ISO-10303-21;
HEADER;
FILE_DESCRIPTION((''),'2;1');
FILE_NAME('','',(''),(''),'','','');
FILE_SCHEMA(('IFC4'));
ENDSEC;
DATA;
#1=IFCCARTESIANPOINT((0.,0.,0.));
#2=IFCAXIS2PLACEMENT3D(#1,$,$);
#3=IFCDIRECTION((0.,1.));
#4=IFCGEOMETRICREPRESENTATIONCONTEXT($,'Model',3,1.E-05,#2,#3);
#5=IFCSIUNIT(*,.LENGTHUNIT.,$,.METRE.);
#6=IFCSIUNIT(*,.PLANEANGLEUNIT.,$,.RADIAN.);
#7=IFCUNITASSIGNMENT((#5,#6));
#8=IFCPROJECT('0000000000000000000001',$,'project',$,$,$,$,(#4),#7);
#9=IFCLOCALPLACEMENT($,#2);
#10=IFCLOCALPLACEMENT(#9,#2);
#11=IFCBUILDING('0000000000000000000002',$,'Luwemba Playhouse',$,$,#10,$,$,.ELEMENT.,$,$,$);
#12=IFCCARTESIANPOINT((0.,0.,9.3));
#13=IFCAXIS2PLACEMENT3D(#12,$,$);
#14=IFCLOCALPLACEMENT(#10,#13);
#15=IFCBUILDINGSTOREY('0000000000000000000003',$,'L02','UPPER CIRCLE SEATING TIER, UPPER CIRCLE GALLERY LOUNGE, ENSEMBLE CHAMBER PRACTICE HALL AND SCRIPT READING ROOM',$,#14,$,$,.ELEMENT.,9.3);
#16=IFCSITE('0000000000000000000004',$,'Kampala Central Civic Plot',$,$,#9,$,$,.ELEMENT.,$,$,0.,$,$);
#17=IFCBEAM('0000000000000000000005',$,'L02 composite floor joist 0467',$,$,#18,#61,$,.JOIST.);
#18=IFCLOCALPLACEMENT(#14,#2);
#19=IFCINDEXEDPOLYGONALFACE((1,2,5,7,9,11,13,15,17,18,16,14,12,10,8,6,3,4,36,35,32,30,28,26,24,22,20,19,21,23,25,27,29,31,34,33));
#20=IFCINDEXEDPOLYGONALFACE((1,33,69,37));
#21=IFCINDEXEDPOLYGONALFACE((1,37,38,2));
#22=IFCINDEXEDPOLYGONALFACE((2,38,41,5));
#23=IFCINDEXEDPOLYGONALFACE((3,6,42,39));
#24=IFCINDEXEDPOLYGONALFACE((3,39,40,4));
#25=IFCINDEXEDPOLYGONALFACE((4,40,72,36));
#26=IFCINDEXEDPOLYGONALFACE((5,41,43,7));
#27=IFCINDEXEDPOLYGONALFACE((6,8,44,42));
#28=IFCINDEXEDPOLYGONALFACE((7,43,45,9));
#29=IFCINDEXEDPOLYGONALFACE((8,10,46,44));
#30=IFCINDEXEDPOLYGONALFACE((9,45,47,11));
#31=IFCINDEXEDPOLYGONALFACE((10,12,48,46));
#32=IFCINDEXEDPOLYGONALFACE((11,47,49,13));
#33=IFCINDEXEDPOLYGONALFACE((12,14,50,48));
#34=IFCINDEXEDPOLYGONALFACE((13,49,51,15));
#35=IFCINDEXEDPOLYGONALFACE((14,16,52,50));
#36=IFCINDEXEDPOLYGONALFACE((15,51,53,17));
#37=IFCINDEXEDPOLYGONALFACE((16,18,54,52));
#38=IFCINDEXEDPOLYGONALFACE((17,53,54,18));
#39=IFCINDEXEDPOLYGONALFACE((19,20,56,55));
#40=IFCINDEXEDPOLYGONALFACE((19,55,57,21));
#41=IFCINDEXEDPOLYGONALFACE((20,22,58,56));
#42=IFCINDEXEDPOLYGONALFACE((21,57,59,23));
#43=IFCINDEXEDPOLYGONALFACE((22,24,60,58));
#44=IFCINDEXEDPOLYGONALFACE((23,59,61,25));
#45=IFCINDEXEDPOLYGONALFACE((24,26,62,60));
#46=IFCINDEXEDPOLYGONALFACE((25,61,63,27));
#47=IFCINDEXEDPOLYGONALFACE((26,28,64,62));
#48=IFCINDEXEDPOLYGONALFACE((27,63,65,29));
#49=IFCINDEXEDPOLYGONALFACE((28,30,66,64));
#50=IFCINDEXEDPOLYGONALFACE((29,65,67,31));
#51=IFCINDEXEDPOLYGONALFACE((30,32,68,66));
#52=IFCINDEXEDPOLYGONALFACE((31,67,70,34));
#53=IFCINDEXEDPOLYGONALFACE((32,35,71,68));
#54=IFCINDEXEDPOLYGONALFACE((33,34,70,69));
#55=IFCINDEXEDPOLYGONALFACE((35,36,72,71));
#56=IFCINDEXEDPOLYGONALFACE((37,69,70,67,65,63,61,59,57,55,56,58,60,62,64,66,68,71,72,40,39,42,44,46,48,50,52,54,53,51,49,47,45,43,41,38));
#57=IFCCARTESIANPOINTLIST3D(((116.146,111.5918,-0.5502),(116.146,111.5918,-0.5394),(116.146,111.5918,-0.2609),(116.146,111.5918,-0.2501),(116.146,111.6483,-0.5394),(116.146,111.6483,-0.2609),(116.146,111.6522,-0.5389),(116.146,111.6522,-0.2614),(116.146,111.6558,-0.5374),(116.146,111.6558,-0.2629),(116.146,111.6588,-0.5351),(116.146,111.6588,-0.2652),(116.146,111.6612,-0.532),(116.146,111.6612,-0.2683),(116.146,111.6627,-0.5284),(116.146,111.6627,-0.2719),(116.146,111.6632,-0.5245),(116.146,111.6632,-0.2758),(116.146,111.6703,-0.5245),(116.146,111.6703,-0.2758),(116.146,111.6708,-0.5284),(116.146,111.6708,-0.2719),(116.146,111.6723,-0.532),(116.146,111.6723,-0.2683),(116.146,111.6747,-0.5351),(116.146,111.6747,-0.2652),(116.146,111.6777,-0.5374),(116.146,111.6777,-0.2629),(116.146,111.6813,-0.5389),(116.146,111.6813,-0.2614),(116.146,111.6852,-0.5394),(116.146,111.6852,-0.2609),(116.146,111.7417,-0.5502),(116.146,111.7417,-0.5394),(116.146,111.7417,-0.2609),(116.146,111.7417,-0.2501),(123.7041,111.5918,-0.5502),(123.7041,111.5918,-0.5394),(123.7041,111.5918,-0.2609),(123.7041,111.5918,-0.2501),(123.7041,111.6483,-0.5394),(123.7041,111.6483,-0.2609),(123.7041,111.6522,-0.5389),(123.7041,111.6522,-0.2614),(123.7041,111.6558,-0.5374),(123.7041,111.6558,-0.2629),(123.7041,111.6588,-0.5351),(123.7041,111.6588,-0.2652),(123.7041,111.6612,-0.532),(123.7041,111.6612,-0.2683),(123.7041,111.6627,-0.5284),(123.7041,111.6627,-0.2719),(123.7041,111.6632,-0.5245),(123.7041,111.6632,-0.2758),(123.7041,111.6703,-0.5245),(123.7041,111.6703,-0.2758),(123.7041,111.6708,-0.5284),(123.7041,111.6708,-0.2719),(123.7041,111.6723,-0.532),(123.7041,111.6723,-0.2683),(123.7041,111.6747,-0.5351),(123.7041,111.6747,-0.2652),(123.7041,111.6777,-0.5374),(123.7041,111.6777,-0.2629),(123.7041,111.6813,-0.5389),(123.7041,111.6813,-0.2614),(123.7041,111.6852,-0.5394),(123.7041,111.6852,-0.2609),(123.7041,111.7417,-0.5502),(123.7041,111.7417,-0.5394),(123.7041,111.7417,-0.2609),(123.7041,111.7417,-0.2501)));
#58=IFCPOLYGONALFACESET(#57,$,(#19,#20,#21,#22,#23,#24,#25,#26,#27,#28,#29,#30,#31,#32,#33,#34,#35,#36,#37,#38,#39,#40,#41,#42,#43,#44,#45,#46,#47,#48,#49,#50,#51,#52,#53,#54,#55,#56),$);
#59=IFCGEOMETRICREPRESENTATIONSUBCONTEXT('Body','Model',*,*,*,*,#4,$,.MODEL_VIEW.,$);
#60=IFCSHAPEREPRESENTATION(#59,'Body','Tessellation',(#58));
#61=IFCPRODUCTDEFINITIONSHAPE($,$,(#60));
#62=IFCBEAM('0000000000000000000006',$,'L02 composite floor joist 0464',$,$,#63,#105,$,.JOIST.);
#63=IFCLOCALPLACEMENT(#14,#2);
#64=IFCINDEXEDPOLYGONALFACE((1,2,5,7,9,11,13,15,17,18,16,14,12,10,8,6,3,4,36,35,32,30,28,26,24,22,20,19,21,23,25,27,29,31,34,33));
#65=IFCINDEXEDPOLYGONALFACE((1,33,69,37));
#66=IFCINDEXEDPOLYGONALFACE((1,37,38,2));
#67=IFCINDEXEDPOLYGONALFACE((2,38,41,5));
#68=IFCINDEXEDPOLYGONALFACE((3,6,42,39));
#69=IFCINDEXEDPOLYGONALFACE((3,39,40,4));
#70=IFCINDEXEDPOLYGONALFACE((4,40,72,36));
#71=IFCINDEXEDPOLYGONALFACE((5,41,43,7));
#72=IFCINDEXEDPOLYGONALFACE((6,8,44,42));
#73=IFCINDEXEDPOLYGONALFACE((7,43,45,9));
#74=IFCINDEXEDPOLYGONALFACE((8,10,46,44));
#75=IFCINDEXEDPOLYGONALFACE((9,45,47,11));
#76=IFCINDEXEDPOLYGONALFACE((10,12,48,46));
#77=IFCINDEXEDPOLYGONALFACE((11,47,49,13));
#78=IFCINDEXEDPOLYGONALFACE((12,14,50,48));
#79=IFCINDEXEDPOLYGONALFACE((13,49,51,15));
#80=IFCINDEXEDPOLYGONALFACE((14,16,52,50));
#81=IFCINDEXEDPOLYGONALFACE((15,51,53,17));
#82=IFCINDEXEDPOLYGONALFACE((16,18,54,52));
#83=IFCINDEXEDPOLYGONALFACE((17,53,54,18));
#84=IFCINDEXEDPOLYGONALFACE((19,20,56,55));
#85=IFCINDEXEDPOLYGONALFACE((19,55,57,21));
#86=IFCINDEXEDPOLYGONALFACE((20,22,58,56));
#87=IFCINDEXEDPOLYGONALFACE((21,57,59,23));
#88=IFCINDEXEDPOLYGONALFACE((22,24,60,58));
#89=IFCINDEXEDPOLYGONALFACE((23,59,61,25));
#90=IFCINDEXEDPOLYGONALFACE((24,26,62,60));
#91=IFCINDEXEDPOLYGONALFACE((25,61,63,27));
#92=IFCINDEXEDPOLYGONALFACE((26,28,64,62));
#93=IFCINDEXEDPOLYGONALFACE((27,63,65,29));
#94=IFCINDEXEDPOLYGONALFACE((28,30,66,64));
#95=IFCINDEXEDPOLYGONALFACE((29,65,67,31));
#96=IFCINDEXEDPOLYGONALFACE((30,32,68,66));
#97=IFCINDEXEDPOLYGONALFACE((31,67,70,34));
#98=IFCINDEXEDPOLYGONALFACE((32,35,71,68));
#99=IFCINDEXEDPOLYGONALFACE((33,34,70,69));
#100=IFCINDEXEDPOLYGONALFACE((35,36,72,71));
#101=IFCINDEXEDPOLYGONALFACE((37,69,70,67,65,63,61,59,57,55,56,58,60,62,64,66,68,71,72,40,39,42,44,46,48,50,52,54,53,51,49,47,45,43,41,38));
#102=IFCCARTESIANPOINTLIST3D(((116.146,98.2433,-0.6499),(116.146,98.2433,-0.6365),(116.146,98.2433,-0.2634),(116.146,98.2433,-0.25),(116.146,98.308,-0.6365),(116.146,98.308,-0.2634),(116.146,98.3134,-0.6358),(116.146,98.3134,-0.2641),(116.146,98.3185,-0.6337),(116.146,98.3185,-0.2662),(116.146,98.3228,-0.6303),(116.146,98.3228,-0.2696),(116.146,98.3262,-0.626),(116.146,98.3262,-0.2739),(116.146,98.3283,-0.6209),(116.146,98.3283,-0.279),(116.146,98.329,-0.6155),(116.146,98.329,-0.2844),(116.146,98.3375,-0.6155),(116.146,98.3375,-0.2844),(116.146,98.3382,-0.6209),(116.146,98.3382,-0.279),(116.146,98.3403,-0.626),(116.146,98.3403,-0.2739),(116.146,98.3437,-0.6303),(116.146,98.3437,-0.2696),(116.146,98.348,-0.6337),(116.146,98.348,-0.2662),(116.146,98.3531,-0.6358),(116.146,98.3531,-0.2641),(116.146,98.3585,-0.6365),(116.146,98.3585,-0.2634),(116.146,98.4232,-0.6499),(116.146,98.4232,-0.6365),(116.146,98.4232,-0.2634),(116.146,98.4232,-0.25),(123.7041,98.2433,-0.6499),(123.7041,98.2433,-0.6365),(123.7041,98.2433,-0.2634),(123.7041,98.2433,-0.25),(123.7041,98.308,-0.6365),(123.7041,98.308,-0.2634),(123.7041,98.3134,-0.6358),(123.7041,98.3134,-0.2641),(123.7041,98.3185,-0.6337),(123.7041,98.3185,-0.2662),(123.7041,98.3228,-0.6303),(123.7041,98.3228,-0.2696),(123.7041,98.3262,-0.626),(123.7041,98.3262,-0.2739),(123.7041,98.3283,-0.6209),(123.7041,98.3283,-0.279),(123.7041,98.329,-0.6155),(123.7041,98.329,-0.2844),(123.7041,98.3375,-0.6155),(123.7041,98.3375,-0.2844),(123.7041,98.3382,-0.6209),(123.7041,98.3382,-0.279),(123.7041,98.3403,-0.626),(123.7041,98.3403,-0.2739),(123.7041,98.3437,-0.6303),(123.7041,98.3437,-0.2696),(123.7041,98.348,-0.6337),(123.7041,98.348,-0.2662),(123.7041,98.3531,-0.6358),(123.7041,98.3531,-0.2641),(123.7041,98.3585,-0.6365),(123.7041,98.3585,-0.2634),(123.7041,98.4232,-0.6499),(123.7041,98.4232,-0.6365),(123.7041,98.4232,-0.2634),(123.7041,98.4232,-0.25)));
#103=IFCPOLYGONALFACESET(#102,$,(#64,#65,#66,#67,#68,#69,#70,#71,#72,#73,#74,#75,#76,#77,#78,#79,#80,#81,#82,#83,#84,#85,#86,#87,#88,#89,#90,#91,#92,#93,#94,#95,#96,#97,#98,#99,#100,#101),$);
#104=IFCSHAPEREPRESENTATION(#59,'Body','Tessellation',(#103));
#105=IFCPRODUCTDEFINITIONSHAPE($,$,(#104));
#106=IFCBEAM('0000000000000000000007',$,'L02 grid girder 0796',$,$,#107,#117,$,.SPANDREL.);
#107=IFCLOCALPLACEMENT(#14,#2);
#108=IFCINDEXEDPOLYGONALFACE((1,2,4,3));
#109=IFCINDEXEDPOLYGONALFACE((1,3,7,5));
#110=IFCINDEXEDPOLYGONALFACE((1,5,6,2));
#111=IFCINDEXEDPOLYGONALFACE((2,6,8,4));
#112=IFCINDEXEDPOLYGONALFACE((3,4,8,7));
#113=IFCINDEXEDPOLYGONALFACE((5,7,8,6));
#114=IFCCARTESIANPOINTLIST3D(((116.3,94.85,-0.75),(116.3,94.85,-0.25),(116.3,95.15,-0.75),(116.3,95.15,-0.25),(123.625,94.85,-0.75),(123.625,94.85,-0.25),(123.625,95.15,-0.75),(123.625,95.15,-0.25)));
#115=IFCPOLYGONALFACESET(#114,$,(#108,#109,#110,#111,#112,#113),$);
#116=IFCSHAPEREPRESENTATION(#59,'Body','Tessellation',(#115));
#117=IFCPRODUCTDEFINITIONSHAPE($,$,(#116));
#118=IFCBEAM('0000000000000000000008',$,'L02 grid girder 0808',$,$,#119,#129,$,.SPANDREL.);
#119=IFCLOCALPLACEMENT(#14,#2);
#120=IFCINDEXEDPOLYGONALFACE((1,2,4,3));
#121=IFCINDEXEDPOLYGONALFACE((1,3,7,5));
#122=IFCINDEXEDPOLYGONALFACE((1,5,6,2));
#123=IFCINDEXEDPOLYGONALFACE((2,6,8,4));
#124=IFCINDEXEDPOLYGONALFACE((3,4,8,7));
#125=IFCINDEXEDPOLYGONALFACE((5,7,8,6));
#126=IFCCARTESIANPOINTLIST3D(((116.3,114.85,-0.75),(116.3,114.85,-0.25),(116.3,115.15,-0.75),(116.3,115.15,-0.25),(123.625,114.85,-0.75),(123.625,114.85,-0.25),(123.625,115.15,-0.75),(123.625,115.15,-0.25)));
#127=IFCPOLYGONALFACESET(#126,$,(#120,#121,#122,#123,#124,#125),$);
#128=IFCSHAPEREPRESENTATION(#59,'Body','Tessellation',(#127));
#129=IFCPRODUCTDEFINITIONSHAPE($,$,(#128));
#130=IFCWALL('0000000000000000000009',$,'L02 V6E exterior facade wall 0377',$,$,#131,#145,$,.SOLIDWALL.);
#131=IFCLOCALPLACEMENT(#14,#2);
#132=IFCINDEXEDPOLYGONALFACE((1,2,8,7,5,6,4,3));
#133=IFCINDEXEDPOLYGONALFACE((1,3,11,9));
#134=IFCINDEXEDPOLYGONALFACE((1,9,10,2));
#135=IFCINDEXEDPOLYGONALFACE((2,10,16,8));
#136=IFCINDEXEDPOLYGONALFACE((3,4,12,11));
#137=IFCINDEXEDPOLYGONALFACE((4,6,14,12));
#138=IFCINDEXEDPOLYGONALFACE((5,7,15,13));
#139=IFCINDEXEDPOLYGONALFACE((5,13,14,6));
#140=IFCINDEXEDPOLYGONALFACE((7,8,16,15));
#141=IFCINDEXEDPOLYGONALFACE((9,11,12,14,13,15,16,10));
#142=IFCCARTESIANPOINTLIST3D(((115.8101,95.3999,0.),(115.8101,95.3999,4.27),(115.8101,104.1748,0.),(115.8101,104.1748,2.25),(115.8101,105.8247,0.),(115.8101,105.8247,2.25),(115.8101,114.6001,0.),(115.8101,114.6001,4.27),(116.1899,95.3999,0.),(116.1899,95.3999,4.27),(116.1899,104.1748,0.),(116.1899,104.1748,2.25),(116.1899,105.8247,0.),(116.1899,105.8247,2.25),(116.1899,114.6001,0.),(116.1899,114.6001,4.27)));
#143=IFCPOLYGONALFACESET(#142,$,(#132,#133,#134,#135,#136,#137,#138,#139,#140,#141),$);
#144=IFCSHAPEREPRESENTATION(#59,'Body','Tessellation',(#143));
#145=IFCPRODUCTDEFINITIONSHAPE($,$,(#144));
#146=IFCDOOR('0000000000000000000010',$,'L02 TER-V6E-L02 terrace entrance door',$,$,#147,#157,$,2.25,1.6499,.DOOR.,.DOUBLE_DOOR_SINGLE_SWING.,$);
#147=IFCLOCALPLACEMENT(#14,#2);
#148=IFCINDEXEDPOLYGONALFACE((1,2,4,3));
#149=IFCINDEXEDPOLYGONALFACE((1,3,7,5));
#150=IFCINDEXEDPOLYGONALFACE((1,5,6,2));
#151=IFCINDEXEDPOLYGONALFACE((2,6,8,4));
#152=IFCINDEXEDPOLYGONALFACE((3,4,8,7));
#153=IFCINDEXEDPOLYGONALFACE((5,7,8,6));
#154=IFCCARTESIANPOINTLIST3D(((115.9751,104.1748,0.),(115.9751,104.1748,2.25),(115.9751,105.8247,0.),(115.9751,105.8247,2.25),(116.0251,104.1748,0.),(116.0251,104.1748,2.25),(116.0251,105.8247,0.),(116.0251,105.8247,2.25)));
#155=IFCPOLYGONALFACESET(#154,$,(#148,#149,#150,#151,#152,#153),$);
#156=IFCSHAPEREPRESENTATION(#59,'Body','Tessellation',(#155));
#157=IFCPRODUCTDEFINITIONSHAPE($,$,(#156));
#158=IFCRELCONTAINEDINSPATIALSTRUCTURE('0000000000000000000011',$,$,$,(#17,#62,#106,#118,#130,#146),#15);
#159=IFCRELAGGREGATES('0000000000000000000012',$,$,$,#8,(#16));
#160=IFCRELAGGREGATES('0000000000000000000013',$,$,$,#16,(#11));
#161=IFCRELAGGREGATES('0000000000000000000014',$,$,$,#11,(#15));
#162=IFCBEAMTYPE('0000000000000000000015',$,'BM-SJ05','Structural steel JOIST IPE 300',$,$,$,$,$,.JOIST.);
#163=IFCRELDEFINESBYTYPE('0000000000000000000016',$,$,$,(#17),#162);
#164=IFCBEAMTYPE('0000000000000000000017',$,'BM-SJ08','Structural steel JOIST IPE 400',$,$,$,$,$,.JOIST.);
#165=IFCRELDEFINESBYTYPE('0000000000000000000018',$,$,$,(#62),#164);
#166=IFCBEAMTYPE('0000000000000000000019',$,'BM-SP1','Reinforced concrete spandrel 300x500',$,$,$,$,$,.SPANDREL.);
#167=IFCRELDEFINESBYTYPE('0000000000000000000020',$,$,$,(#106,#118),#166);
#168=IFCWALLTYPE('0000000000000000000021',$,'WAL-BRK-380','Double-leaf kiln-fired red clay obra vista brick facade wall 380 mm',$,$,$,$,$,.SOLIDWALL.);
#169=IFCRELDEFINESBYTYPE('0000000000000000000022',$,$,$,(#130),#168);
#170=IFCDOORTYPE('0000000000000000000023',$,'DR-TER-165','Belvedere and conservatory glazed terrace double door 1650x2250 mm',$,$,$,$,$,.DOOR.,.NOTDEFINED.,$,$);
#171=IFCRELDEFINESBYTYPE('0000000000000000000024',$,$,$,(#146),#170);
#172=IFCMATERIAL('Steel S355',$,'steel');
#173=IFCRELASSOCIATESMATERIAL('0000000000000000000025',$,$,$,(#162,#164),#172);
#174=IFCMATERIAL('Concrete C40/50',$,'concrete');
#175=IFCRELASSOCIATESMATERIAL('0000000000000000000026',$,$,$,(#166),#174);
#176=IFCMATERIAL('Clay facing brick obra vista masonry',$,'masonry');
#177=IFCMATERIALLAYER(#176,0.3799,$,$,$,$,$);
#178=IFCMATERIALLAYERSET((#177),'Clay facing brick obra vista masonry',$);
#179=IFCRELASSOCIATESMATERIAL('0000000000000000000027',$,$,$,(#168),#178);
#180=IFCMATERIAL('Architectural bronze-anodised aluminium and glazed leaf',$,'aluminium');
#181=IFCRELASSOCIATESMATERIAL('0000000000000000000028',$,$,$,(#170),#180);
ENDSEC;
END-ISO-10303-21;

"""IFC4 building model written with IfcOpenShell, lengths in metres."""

from ifc_helpers import new_model, si_unit, direction, frame, frame_2d, origin, origin_2d, place, context, subcontext, project, spatial, rectangle, i_section, extrude, material, layer, layer_set, material_profile, profile_set, type_object, element, fill, save


model = new_model("IFC4")

# Units and contexts
model_context = context("Model", 3, precision=1e-05, world=origin(), true_north=direction((0.0, 1.0)))
body_context = subcontext(model_context, "Body", "Model", "MODEL_VIEW")
ifc_project = project(units=[si_unit("LENGTHUNIT", "METRE"), si_unit("PLANEANGLEUNIT", "RADIAN")], contexts=[model_context])

# Site, building, storey
site_placement = place(None, origin())
site = spatial("IfcSite", under=ifc_project, at=site_placement, Name="Kampala Central Civic Plot", CompositionType="ELEMENT", RefElevation=0.0)
building_placement = place(site_placement, origin())
building = spatial("IfcBuilding", under=site, at=building_placement, Name="Luwemba Playhouse", CompositionType="ELEMENT")
storey_placement = place(building_placement, frame((0.0, 0.0, 9.3)))
storey = spatial("IfcBuildingStorey", under=building, at=storey_placement, Name="L02", Description="UPPER CIRCLE SEATING TIER, UPPER CIRCLE GALLERY LOUNGE, ENSEMBLE CHAMBER PRACTICE HALL AND SCRIPT READING ROOM", CompositionType="ELEMENT", Elevation=9.3)

# Shared definitions
ifc_material_1 = material(Name="Concrete C40/50", Category="concrete")

# Beams
ifc_material_2 = material(Name="Steel S355", Category="steel")
ifc_material_profile_1 = material_profile(ifc_material_2, i_section(OverallWidth=0.1499, OverallDepth=0.3, WebThickness=0.0071, FlangeThickness=0.0107, FilletRadius=0.0149, at=origin_2d()))
ifc_profile_set_1 = profile_set([ifc_material_profile_1], Name="Steel S355")
beam_type_1 = type_object("IfcBeamType", Name="BM-SJ05", Description="Structural steel JOIST IPE 300", PredefinedType="JOIST", material=ifc_profile_set_1)
beam_1_placement = place(storey_placement, frame((116.146, 111.6667, -0.4001), z_axis=(1.0, 0.0, 0.0), x_axis=(0.0, 1.0, 0.0)))
element("IfcBeam", 1, at=beam_1_placement, inside=storey, type_object=beam_type_1, Name="L02 composite floor joist 0467", PredefinedType="JOIST", context=body_context, shape_type="SweptSolid", body=[
    extrude(i_section(OverallWidth=0.1499, OverallDepth=0.3, WebThickness=0.0071, FlangeThickness=0.0107, FilletRadius=0.0149, at=origin_2d()), origin(), (0.0, 0.0, 1.0), 7.5581),
])
ifc_material_profile_2 = material_profile(ifc_material_2, i_section(OverallWidth=0.1799, OverallDepth=0.3999, WebThickness=0.0085, FlangeThickness=0.0134, FilletRadius=0.021, at=origin_2d()))
ifc_profile_set_2 = profile_set([ifc_material_profile_2], Name="Steel S355")
beam_type_2 = type_object("IfcBeamType", Name="BM-SJ08", Description="Structural steel JOIST IPE 400", PredefinedType="JOIST", material=ifc_profile_set_2)
beam_2_placement = place(storey_placement, frame((116.146, 98.3333, -0.45), z_axis=(1.0, 0.0, 0.0), x_axis=(0.0, 1.0, 0.0)))
element("IfcBeam", 2, at=beam_2_placement, inside=storey, type_object=beam_type_2, Name="L02 composite floor joist 0464", PredefinedType="JOIST", context=body_context, shape_type="SweptSolid", body=[
    extrude(i_section(OverallWidth=0.1799, OverallDepth=0.3999, WebThickness=0.0085, FlangeThickness=0.0134, FilletRadius=0.021, at=origin_2d()), origin(), (0.0, 0.0, 1.0), 7.5581),
])
ifc_material_profile_3 = material_profile(ifc_material_1, rectangle(XDim=0.3, YDim=0.5, at=origin_2d()))
ifc_profile_set_3 = profile_set([ifc_material_profile_3], Name="Concrete C40/50")
beam_type_3 = type_object("IfcBeamType", Name="BM-SP1", Description="Reinforced concrete spandrel 300x500", PredefinedType="SPANDREL", material=ifc_profile_set_3)
for number, where, z_axis, x_axis, name in (
    (3, (116.3, 95.0, -0.5), (1.0, 0.0, 0.0), (0.0, 1.0, 0.0), "L02 grid girder 0796"),
    (4, (116.3, 115.0, -0.5), (1.0, 0.0, 0.0), (0.0, 1.0, 0.0), "L02 grid girder 0808"),
):
    element("IfcBeam", number, at=place(storey_placement, frame(where, z_axis=z_axis, x_axis=x_axis)), inside=storey, type_object=beam_type_3, Name=name, PredefinedType="SPANDREL", context=body_context, shape_type="SweptSolid", body=[
        extrude(rectangle(XDim=0.3, YDim=0.5, at=origin_2d()), origin(), (0.0, 0.0, 1.0), 7.325),
    ])

# Wall, opening, door
ifc_material_3 = material(Name="Clay facing brick obra vista masonry", Category="masonry")
ifc_layer_1 = layer(ifc_material_3, 0.3799)
ifc_layer_set_1 = layer_set([ifc_layer_1], Name="Clay facing brick obra vista masonry")
wall_type_1 = type_object("IfcWallType", Name="WAL-BRK-380", Description="Double-leaf kiln-fired red clay obra vista brick facade wall 380 mm", PredefinedType="SOLIDWALL", material=ifc_layer_set_1)
wall_1_placement = place(storey_placement, frame((116.0, 95.3999, 0.0), z_axis=(0.0, 0.0, 1.0), x_axis=(0.0, 1.0, 0.0)))
wall_1 = element("IfcWall", 5, at=wall_1_placement, inside=storey, type_object=wall_type_1, Name="L02 V6E exterior facade wall 0377", PredefinedType="SOLIDWALL", context=body_context, shape_type="SweptSolid", body=[
    extrude(rectangle(XDim=19.2002, YDim=0.3799, at=frame_2d((9.6001, 0.0))), origin(), (0.0, 0.0, 1.0), 4.27),
])
opening_1_placement = place(wall_1_placement, frame((8.7749, 0.0, 0.0)))
opening_1 = element("IfcOpeningElement", 6, at=opening_1_placement, cuts=wall_1, PredefinedType="OPENING", context=body_context, shape_type="SweptSolid", body=[
    extrude(rectangle(XDim=1.6499, YDim=2.25, at=frame_2d((0.825, 1.125))), frame((0.0, 0.2, 0.0), z_axis=(0.0, -1.0, 0.0), x_axis=(1.0, 0.0, 0.0)), (0.0, 0.0, 1.0), 0.3999),
])
ifc_material_4 = material(Name="Architectural bronze-anodised aluminium and glazed leaf", Category="aluminium")
door_type = type_object("IfcDoorType", Name="DR-TER-165", Description="Belvedere and conservatory glazed terrace double door 1650x2250 mm", OperationType="NOTDEFINED", PredefinedType="DOOR", material=ifc_material_4)
door_placement = place(opening_1_placement, origin())
door = element("IfcDoor", 7, at=door_placement, inside=storey, type_object=door_type, Name="L02 TER-V6E-L02 terrace entrance door", OperationType="DOUBLE_DOOR_SINGLE_SWING", OverallHeight=2.25, OverallWidth=1.6499, PredefinedType="DOOR", context=body_context, shape_type="SweptSolid", body=[
    extrude(rectangle(XDim=1.6499, YDim=2.25, at=frame_2d((0.825, 1.125))), frame((0.0, 0.0249, 0.0), z_axis=(0.0, -1.0, 0.0), x_axis=(1.0, 0.0, 0.0)), (0.0, 0.0, 1.0), 0.05),
])
fill(opening_1, door)

save(model, "model.ifc")
